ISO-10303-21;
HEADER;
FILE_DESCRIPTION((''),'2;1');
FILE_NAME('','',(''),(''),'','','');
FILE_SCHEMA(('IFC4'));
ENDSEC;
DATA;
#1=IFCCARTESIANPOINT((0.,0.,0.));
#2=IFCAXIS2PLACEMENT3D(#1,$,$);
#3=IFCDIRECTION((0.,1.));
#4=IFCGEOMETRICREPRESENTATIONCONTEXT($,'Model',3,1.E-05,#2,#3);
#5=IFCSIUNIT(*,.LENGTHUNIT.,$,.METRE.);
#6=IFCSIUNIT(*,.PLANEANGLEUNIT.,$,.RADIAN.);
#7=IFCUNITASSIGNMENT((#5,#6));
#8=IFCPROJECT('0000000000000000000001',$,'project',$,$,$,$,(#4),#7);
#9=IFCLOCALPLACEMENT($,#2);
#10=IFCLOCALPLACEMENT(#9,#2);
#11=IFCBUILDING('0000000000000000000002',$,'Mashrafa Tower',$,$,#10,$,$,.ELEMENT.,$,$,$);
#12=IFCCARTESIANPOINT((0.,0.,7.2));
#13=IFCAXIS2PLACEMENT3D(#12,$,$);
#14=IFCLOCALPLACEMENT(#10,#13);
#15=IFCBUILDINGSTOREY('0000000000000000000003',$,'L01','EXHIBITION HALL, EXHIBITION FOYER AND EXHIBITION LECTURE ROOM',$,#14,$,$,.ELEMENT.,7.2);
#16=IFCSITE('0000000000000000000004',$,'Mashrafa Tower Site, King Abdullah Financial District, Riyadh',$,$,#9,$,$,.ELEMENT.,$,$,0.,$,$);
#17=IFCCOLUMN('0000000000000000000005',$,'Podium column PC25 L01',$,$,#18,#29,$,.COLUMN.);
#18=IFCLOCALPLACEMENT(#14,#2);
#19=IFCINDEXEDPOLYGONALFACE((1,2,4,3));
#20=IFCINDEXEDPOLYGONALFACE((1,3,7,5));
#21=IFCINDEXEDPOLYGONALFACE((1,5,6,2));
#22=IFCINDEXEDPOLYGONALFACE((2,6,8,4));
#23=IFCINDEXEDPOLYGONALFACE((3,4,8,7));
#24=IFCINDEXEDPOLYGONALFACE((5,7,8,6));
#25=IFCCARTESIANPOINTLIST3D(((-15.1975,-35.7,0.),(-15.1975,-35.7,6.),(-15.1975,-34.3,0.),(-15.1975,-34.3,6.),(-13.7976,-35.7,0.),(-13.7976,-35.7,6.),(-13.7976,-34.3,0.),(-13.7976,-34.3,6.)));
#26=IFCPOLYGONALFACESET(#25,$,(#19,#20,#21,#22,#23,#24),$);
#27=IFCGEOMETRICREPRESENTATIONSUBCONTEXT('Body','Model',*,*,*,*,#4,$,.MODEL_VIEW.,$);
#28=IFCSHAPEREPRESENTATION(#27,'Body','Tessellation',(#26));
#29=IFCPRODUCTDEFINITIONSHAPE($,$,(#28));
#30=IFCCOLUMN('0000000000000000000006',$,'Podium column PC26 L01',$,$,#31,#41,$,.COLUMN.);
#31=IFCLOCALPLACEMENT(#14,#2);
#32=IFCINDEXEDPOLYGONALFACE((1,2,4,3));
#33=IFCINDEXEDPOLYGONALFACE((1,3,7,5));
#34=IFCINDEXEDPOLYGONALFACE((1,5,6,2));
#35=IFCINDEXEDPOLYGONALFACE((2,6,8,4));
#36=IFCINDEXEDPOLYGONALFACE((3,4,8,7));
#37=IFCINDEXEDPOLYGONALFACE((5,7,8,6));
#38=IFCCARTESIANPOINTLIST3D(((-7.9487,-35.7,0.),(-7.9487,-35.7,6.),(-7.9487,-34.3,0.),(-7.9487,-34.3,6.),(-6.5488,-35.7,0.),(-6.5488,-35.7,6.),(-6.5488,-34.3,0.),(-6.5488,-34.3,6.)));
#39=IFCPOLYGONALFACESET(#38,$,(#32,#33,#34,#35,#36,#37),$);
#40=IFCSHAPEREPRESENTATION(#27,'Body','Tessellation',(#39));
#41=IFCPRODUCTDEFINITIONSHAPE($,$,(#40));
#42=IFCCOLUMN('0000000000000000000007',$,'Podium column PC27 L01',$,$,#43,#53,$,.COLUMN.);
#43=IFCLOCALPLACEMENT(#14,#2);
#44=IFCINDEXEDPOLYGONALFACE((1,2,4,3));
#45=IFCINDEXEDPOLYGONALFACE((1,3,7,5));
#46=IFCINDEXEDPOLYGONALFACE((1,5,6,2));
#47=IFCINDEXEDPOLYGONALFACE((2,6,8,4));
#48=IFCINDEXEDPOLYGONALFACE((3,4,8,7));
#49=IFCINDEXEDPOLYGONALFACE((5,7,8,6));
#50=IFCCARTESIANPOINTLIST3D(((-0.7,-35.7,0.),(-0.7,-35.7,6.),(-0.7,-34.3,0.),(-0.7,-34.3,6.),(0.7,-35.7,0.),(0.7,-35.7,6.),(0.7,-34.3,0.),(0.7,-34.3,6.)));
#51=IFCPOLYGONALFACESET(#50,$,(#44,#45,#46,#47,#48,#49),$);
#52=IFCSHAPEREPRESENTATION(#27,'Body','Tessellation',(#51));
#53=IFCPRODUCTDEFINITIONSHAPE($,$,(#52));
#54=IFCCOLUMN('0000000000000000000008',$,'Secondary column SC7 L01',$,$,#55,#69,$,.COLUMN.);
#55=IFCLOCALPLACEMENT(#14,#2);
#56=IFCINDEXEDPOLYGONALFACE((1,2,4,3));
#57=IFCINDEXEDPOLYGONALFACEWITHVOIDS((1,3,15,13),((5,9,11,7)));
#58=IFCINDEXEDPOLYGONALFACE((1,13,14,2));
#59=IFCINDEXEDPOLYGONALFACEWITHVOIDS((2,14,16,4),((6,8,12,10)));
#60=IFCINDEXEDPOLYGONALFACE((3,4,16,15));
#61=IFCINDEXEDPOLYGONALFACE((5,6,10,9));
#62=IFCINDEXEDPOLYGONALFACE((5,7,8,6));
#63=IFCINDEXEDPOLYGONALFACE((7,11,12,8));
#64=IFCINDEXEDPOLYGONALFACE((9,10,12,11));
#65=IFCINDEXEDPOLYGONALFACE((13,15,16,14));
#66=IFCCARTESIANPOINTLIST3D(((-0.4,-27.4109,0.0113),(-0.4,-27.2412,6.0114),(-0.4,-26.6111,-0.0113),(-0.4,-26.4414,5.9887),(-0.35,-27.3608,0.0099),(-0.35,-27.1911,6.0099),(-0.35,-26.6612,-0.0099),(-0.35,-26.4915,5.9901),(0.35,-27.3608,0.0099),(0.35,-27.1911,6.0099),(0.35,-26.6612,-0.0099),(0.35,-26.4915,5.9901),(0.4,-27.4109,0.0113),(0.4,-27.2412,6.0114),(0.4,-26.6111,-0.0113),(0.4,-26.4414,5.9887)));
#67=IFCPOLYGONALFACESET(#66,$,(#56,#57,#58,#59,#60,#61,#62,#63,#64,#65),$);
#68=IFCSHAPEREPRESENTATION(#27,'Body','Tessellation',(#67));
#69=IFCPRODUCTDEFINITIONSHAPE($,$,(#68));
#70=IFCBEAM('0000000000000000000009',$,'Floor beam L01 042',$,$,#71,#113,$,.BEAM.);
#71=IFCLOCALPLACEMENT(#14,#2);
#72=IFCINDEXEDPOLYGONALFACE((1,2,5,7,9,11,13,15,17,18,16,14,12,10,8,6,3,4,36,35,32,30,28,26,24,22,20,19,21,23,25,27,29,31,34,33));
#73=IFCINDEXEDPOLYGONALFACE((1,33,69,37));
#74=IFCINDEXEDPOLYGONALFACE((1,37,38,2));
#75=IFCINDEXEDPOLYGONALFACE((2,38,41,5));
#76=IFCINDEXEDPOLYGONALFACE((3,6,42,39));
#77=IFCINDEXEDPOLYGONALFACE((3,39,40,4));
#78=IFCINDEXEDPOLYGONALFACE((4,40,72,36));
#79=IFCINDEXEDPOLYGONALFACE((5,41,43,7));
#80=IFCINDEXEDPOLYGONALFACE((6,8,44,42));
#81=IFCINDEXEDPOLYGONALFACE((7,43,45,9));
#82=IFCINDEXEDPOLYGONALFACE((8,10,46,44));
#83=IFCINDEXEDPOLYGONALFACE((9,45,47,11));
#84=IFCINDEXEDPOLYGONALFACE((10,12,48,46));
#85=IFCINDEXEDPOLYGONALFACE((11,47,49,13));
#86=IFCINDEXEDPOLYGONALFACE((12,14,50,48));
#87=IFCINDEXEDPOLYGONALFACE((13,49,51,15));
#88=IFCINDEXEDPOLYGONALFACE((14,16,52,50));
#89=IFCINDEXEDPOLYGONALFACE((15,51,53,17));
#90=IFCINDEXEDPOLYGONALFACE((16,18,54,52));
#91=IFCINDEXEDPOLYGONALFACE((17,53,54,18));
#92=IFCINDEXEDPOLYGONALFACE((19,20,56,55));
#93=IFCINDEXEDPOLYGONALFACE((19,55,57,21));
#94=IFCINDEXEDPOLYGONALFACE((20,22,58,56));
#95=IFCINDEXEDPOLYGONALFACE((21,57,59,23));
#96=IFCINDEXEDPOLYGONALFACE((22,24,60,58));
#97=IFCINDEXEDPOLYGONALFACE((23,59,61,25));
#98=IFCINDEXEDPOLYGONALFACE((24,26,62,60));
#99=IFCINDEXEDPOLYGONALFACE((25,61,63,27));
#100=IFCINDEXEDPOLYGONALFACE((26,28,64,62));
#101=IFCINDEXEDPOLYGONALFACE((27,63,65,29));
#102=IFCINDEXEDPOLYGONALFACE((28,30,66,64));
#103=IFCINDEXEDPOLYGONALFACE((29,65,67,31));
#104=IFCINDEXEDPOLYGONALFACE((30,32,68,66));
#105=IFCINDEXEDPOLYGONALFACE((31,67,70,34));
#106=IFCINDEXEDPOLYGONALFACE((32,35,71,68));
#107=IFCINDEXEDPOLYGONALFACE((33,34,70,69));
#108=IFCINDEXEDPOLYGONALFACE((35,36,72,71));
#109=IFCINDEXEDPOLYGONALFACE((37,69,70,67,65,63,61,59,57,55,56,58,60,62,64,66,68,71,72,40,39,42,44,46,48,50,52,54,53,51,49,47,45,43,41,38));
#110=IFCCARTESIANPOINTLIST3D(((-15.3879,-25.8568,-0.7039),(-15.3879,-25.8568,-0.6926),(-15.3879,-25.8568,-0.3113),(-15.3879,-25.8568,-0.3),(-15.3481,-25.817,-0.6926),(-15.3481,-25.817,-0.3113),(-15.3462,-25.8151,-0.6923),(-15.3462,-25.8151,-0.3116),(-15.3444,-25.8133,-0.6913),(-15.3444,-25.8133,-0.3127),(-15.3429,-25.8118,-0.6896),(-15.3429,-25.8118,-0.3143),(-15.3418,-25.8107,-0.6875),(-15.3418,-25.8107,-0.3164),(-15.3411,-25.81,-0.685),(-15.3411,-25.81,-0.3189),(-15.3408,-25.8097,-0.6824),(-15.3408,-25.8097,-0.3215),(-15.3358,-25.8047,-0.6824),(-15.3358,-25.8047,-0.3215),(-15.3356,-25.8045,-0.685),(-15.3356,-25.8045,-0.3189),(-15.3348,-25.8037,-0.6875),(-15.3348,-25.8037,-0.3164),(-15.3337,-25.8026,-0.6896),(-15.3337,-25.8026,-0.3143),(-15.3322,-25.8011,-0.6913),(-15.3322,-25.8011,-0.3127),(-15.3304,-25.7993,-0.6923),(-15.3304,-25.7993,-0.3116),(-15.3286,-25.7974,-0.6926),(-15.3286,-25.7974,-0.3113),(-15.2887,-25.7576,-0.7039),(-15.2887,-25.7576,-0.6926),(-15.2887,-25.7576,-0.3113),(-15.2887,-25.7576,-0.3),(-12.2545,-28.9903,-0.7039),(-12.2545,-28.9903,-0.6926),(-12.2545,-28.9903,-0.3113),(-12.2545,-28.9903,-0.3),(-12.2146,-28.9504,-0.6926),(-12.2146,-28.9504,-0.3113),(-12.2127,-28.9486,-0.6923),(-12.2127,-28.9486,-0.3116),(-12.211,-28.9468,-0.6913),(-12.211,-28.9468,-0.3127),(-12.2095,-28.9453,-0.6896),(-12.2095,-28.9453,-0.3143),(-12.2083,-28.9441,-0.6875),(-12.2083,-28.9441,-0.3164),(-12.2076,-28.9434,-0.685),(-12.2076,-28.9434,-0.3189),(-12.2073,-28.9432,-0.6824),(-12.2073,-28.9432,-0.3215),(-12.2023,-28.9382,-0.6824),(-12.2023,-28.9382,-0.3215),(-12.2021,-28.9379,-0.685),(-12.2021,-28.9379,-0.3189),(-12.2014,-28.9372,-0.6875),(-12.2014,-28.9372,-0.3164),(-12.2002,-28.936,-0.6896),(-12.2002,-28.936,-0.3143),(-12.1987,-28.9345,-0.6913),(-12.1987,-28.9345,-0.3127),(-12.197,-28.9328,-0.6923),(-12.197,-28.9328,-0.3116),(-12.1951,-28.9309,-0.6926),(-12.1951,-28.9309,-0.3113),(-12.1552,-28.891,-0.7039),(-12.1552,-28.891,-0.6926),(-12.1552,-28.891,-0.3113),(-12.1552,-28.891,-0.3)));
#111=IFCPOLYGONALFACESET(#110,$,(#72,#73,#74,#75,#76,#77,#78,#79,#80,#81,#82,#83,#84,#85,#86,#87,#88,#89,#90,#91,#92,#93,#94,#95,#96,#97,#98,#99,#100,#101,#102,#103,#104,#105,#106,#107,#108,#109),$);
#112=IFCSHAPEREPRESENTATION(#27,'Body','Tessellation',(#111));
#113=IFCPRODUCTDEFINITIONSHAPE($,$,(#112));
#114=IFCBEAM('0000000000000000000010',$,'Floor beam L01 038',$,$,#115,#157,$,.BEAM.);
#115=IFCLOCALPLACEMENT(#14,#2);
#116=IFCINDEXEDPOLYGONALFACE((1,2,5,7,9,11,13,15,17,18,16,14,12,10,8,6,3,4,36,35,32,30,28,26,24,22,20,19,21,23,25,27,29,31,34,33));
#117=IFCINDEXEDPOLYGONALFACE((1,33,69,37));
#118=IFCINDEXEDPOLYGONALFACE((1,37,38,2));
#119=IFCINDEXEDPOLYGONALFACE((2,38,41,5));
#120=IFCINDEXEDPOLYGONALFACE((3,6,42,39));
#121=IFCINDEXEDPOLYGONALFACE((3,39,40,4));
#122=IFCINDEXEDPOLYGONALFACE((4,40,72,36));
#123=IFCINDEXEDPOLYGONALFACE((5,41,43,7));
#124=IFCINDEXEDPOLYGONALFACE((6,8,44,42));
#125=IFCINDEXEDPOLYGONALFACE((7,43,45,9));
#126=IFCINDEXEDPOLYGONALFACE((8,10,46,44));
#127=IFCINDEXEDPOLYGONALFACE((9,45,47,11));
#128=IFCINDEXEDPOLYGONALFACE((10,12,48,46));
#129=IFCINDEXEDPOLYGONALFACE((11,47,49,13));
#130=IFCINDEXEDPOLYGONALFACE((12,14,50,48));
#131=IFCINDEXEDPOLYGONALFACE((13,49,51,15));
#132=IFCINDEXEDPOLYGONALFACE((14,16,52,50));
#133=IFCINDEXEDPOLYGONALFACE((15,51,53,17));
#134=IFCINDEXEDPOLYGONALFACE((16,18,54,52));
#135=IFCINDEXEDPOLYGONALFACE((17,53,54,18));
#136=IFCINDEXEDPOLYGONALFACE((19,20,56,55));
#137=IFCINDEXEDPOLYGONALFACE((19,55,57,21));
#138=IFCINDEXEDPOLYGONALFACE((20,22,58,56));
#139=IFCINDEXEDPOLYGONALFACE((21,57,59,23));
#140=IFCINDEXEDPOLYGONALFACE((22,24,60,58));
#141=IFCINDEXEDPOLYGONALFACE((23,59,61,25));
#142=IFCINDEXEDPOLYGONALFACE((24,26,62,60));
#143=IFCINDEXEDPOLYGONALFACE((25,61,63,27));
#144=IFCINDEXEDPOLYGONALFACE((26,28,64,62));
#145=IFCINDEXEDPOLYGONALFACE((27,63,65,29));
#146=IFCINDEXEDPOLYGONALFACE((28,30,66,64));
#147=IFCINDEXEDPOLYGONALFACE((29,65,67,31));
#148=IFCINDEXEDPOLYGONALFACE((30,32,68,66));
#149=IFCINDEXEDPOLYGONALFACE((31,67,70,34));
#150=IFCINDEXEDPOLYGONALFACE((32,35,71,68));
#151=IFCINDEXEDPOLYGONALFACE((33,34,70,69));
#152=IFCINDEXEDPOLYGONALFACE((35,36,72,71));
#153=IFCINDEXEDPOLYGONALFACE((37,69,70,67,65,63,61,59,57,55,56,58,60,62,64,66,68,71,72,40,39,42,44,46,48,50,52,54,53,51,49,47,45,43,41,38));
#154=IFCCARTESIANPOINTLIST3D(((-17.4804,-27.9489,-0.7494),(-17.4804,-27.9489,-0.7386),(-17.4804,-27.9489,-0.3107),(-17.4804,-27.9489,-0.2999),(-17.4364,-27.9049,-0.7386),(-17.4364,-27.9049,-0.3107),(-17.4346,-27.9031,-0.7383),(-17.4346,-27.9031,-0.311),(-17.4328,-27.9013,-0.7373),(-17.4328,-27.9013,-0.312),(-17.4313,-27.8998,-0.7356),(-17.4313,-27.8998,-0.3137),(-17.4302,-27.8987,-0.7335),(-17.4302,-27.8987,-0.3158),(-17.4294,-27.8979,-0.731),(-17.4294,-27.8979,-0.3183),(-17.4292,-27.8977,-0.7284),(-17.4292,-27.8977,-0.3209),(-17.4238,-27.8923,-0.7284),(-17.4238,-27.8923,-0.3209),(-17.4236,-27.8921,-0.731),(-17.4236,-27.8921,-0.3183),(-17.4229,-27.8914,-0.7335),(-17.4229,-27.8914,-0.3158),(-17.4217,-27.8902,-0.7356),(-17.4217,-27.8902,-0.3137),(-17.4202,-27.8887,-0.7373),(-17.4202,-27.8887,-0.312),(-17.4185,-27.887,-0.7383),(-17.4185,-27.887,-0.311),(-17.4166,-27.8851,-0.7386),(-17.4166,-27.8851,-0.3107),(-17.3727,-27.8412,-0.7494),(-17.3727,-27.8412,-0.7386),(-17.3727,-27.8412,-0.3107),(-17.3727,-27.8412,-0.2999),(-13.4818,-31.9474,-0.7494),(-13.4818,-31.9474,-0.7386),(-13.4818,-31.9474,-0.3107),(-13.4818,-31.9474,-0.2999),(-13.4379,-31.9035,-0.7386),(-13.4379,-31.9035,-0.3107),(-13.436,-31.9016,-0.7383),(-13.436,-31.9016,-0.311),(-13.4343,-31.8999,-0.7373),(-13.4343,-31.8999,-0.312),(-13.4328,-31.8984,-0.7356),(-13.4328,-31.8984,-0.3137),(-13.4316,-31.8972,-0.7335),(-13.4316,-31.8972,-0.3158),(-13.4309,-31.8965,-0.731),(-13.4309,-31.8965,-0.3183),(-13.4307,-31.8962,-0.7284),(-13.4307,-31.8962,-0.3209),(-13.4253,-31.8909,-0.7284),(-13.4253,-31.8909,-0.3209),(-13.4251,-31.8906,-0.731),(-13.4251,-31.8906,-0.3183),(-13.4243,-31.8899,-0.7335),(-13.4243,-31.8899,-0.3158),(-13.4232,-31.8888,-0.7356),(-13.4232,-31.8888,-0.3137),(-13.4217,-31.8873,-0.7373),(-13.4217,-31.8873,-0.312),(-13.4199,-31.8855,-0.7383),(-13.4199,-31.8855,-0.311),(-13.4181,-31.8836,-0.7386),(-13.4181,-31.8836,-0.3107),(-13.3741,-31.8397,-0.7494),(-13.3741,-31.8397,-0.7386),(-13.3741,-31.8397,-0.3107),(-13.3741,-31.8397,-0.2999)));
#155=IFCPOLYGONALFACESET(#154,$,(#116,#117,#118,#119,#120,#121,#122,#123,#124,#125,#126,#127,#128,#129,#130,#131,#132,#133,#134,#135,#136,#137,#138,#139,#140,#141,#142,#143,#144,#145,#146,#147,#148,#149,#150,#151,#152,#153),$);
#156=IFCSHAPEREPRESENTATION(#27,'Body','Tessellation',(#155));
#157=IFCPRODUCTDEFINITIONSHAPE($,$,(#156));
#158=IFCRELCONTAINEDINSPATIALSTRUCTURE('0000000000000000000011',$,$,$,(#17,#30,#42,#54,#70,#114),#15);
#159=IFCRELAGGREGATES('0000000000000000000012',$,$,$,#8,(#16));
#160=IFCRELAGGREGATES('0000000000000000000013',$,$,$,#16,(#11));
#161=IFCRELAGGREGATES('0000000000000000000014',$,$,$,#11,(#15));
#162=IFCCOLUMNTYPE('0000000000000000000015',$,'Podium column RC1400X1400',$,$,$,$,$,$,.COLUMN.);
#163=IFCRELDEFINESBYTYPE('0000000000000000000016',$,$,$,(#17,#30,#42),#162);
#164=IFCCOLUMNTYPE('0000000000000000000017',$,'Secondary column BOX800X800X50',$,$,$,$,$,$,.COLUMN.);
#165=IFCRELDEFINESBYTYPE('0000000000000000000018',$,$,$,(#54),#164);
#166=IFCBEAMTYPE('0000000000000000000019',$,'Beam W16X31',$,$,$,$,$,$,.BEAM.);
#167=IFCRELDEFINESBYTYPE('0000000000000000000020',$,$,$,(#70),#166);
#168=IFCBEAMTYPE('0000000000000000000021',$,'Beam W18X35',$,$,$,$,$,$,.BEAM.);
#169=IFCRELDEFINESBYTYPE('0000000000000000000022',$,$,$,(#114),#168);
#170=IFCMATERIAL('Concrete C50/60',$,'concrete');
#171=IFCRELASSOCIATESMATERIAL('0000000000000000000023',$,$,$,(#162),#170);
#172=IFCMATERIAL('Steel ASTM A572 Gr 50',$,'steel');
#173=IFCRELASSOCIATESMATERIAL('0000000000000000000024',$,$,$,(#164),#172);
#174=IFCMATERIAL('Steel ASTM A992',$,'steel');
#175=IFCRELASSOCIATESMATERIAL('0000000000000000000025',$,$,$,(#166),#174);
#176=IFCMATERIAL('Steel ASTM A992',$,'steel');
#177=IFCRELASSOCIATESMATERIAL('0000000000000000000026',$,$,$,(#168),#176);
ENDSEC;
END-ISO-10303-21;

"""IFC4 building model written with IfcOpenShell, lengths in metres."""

from ifc_helpers import new_model, si_unit, direction, frame, origin, origin_2d, place, context, subcontext, project, spatial, rectangle, hollow_rectangle, i_section, extrude, material, material_profile, profile_set, type_object, element, save


model = new_model("IFC4")

# Units and contexts
model_context = context("Model", 3, precision=1e-05, world=origin(), true_north=direction((0.0, 1.0)))
body_context = subcontext(model_context, "Body", "Model", "MODEL_VIEW")
ifc_project = project(units=[si_unit("LENGTHUNIT", "METRE"), si_unit("PLANEANGLEUNIT", "RADIAN")], contexts=[model_context])

# Site, building, storey
site_placement = place(None, origin())
site = spatial("IfcSite", under=ifc_project, at=site_placement, Name="Mashrafa Tower Site, King Abdullah Financial District, Riyadh", CompositionType="ELEMENT", RefElevation=0.0)
building_placement = place(site_placement, origin())
building = spatial("IfcBuilding", under=site, at=building_placement, Name="Mashrafa Tower", CompositionType="ELEMENT")
storey_placement = place(building_placement, frame((0.0, 0.0, 7.2)))
storey = spatial("IfcBuildingStorey", under=building, at=storey_placement, Name="L01", Description="EXHIBITION HALL, EXHIBITION FOYER AND EXHIBITION LECTURE ROOM", CompositionType="ELEMENT", Elevation=7.2)

# Columns
ifc_material_1 = material(Name="Concrete C50/60", Category="concrete")
ifc_material_profile_1 = material_profile(ifc_material_1, rectangle(XDim=1.3999, YDim=1.3999, at=origin_2d()), Name="RC1400X1400")
ifc_profile_set_1 = profile_set([ifc_material_profile_1], Name="Concrete C50/60")
column_type_1 = type_object("IfcColumnType", Name="Podium column RC1400X1400", PredefinedType="COLUMN", material=ifc_profile_set_1)
for number, where, z_axis, x_axis, name in (
    (1, (-14.4976, -35.0, 0.0), (0.0, 0.0, 1.0), (1.0, 0.0, 0.0), "Podium column PC25 L01"),
    (2, (-7.2488, -35.0, 0.0), (0.0, 0.0, 1.0), (1.0, 0.0, 0.0), "Podium column PC26 L01"),
    (3, (0.0, -35.0, 0.0), (0.0, 0.0, 1.0), (1.0, 0.0, 0.0), "Podium column PC27 L01"),
):
    element("IfcColumn", number, at=place(storey_placement, frame(where, z_axis=z_axis, x_axis=x_axis)), inside=storey, type_object=column_type_1, Name=name, PredefinedType="COLUMN", context=body_context, shape_type="SweptSolid", body=[
        extrude(rectangle(XDim=1.3999, YDim=1.3999, at=origin_2d()), origin(), (0.0, 0.0, 1.0), 6.0),
    ])
ifc_material_2 = material(Name="Steel ASTM A572 Gr 50", Category="steel")
ifc_material_profile_2 = material_profile(ifc_material_2, hollow_rectangle(XDim=0.8, YDim=0.8, WallThickness=0.05, at=origin_2d()), Name="BOX800X800X50")
ifc_profile_set_2 = profile_set([ifc_material_profile_2], Name="Steel ASTM A572 Gr 50")
column_type_2 = type_object("IfcColumnType", Name="Secondary column BOX800X800X50", PredefinedType="COLUMN", material=ifc_profile_set_2)
column_placement = place(storey_placement, frame((0.0, -27.011, 0.0), z_axis=(0.0, 0.028268, 0.9996), x_axis=(-1.0, 0.0, 0.0)))
element("IfcColumn", 4, at=column_placement, inside=storey, type_object=column_type_2, Name="Secondary column SC7 L01", PredefinedType="COLUMN", context=body_context, shape_type="SweptSolid", body=[
    extrude(hollow_rectangle(XDim=0.8, YDim=0.8, WallThickness=0.05, at=origin_2d()), origin(), (0.0, 0.0, 1.0), 6.0024),
])

# Beams
ifc_material_3 = material(Name="Steel ASTM A992", Category="steel")
ifc_material_profile_3 = material_profile(ifc_material_3, i_section(OverallWidth=0.1404, OverallDepth=0.4038, WebThickness=0.0071, FlangeThickness=0.0112, FilletRadius=0.0103, at=origin_2d()), Name="W16X31")
ifc_profile_set_3 = profile_set([ifc_material_profile_3], Name="Steel ASTM A992")
beam_type_1 = type_object("IfcBeamType", Name="Beam W16X31", PredefinedType="BEAM", material=ifc_profile_set_3)
beam_1_placement = place(storey_placement, frame((-12.2048, -28.9407, -0.502), z_axis=(-0.707107, 0.707107, 0.0), x_axis=(-0.707107, -0.707107, 0.0)))
element("IfcBeam", 5, at=beam_1_placement, inside=storey, type_object=beam_type_1, Name="Floor beam L01 042", PredefinedType="BEAM", context=body_context, shape_type="SweptSolid", body=[
    extrude(i_section(OverallWidth=0.1404, OverallDepth=0.4038, WebThickness=0.0071, FlangeThickness=0.0112, FilletRadius=0.0103, at=origin_2d()), origin(), (0.0, 0.0, 1.0), 4.4314),
])
ifc_material_4 = material(Name="Steel ASTM A992", Category="steel")
ifc_material_profile_4 = material_profile(ifc_material_4, i_section(OverallWidth=0.1523, OverallDepth=0.4495, WebThickness=0.0076, FlangeThickness=0.0107, FilletRadius=0.0103, at=origin_2d()), Name="W18X35")
ifc_profile_set_4 = profile_set([ifc_material_profile_4], Name="Steel ASTM A992")
beam_type_2 = type_object("IfcBeamType", Name="Beam W18X35", PredefinedType="BEAM", material=ifc_profile_set_4)
beam_2_placement = place(storey_placement, frame((-13.428, -31.8936, -0.5247), z_axis=(-0.707107, 0.707107, 0.0), x_axis=(-0.707107, -0.707107, 0.0)))
element("IfcBeam", 6, at=beam_2_placement, inside=storey, type_object=beam_type_2, Name="Floor beam L01 038", PredefinedType="BEAM", context=body_context, shape_type="SweptSolid", body=[
    extrude(i_section(OverallWidth=0.1523, OverallDepth=0.4495, WebThickness=0.0076, FlangeThickness=0.0107, FilletRadius=0.0103, at=origin_2d()), origin(), (0.0, 0.0, 1.0), 5.6548),
])

save(model, "model.ifc")
